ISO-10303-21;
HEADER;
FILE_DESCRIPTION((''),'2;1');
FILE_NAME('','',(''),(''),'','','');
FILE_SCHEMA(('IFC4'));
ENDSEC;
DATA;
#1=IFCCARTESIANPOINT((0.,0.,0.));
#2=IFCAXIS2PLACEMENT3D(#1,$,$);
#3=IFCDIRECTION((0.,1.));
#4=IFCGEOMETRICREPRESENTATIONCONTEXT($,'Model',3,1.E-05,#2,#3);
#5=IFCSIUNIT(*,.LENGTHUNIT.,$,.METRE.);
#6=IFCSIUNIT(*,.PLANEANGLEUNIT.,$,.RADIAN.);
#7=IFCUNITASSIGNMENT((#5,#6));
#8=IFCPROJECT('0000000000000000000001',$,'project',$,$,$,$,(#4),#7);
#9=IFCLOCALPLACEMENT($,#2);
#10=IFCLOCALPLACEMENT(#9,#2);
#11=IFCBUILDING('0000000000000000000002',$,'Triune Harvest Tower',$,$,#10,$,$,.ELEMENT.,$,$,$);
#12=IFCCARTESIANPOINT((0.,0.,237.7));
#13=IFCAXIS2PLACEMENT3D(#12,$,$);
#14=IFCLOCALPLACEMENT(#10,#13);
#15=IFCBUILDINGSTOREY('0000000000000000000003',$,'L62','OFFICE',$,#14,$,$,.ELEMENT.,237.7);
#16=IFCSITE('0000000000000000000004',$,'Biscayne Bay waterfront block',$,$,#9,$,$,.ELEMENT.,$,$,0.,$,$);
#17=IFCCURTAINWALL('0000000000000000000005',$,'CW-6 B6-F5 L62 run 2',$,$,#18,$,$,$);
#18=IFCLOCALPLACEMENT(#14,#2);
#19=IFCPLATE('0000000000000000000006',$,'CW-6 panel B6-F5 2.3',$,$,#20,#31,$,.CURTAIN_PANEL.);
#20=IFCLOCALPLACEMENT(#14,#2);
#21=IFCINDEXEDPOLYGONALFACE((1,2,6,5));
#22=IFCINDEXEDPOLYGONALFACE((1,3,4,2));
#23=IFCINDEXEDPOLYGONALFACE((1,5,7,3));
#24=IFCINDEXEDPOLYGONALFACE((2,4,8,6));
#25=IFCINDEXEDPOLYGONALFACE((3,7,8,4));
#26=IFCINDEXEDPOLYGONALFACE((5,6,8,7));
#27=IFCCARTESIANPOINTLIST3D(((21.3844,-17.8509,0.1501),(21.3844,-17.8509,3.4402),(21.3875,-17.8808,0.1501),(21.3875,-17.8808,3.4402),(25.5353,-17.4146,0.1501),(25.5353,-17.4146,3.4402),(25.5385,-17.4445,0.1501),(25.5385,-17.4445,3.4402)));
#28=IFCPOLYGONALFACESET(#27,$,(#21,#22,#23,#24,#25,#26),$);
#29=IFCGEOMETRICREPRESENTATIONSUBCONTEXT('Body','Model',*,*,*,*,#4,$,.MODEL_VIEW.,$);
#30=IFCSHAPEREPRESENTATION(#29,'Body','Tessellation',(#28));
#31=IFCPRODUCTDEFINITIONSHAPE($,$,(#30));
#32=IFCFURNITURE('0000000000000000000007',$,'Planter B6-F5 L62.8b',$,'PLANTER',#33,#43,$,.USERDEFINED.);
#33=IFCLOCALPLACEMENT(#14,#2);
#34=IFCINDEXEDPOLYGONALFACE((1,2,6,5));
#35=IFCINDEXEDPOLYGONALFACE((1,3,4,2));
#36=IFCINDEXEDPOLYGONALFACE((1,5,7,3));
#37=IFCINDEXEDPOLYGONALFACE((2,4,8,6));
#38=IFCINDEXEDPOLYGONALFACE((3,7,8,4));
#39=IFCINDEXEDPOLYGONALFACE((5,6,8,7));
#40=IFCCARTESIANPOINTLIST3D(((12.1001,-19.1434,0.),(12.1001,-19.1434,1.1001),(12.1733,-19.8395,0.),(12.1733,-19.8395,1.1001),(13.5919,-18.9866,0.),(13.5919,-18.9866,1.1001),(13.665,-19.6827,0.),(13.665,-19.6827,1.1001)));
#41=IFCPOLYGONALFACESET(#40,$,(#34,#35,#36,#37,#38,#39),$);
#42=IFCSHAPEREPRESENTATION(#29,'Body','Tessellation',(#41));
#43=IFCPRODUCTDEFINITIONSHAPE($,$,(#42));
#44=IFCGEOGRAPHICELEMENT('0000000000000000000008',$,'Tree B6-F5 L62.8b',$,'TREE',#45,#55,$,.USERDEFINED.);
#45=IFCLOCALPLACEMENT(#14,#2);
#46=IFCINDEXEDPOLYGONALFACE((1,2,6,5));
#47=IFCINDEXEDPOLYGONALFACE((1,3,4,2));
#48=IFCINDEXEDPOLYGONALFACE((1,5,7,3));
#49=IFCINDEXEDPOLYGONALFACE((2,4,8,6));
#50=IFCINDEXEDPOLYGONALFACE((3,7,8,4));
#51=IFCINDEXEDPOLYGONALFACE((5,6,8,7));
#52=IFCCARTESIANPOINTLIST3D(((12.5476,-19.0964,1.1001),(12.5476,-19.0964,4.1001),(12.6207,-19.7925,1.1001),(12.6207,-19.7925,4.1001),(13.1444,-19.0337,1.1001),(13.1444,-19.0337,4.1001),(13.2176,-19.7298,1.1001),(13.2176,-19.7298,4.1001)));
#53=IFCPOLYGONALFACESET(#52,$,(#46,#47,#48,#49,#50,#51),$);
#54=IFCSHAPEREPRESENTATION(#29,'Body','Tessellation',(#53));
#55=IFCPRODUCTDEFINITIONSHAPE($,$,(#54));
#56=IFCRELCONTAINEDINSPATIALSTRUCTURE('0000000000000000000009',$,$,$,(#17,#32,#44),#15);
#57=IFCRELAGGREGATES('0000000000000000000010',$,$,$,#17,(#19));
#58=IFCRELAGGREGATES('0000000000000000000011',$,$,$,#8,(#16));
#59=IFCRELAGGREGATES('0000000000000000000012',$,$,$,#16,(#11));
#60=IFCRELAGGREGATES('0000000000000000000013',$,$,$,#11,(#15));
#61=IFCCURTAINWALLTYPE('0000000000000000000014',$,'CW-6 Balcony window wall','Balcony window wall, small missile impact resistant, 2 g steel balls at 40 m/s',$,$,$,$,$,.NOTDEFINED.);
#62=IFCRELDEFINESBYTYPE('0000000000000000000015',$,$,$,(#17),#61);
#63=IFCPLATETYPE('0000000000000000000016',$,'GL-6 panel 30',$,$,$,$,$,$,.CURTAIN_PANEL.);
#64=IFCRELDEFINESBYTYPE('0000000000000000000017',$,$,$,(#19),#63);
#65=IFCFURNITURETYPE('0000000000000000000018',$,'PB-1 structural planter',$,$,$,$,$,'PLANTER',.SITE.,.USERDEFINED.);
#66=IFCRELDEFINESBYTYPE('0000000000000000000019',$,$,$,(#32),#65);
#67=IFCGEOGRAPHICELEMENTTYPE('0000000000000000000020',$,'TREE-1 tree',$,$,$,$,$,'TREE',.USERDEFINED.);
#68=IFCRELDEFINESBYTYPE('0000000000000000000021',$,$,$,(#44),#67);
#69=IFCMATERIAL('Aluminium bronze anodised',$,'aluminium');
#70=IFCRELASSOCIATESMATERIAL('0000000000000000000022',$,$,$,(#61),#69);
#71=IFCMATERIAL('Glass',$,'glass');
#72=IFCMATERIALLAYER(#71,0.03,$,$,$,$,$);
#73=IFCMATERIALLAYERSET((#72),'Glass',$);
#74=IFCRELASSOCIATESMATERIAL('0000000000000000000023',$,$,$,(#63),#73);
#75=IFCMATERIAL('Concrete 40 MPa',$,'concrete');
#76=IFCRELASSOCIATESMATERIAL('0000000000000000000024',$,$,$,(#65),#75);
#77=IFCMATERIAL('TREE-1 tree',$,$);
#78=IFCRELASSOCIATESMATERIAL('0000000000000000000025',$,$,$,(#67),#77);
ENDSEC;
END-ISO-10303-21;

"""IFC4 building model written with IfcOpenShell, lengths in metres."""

from ifc_helpers import new_model, si_unit, direction, frame, origin, origin_2d, place, context, subcontext, project, spatial, rectangle, extrude, source, transform, mapped, material, layer, layer_set, type_object, element, aggregate, save


model = new_model("IFC4")

# Units and contexts
model_context = context("Model", 3, precision=1e-05, world=origin(), true_north=direction((0.0, 1.0)))
body_context = subcontext(model_context, "Body", "Model", "MODEL_VIEW")
ifc_project = project(units=[si_unit("LENGTHUNIT", "METRE"), si_unit("PLANEANGLEUNIT", "RADIAN")], contexts=[model_context])

# Site, building, storey
site_placement = place(None, origin())
site = spatial("IfcSite", under=ifc_project, at=site_placement, Name="Biscayne Bay waterfront block", CompositionType="ELEMENT", RefElevation=0.0)
building_placement = place(site_placement, origin())
building = spatial("IfcBuilding", under=site, at=building_placement, Name="Triune Harvest Tower", CompositionType="ELEMENT")
storey_placement = place(building_placement, frame((0.0, 0.0, 237.7)))
storey = spatial("IfcBuildingStorey", under=building, at=storey_placement, Name="L62", Description="OFFICE", CompositionType="ELEMENT", Elevation=237.7)

# Curtain wall
ifc_material_1 = material(Name="Aluminium bronze anodised", Category="aluminium")
curtain_wall_type_1 = type_object("IfcCurtainWallType", Name="CW-6 Balcony window wall", Description="Balcony window wall, small missile impact resistant, 2 g steel balls at 40 m/s", PredefinedType="NOTDEFINED", material=ifc_material_1)
curtain_wall_1_placement = place(storey_placement, origin())
curtain_wall_1 = element("IfcCurtainWall", 1, at=curtain_wall_1_placement, inside=storey, type_object=curtain_wall_type_1, Name="CW-6 B6-F5 L62 run 2")

# Plate
ifc_material_2 = material(Name="Glass", Category="glass")
ifc_layer_1 = layer(ifc_material_2, 0.03)
ifc_layer_set_1 = layer_set([ifc_layer_1], Name="Glass")
plate_type_1 = type_object("IfcPlateType", Name="GL-6 panel 30", PredefinedType="CURTAIN_PANEL", material=ifc_layer_set_1)
shared_shape_1 = source(origin(), body_context, "Body", "SweptSolid", [
    extrude(rectangle(XDim=4.1738, YDim=0.03, at=origin_2d()), origin(), (0.0, 0.0, 1.0), 3.29),
])
plate_1_placement = place(storey_placement, frame((23.4614, -17.6477, 0.1501), z_axis=(0.0, 0.0, 1.0), x_axis=(0.994522, 0.10453, 0.0)))
plate_1 = element("IfcPlate", 2, at=plate_1_placement, type_object=plate_type_1, Name="CW-6 panel B6-F5 2.3", PredefinedType="CURTAIN_PANEL", context=body_context, shape_type="MappedRepresentation", body=[
    mapped(shared_shape_1, transform((0.0, 0.0, 0.0), scale=1.0)),
])
aggregate(curtain_wall_1, [plate_1])

# Furniture
ifc_material_3 = material(Name="Concrete 40 MPa", Category="concrete")
furniture_type = type_object("IfcFurnitureType", Name="PB-1 structural planter", ElementType="PLANTER", AssemblyPlace="SITE", PredefinedType="USERDEFINED", material=ifc_material_3)
shared_shape_2 = source(origin(), body_context, "Body", "SweptSolid", [
    extrude(rectangle(XDim=1.5, YDim=0.7, at=origin_2d()), origin(), (0.0, 0.0, 1.0), 1.1001),
])
furniture_placement = place(storey_placement, frame((12.8826, -19.4131, 0.0), z_axis=(0.0, 0.0, 1.0), x_axis=(0.994522, 0.10453, 0.0)))
element("IfcFurniture", 3, at=furniture_placement, inside=storey, type_object=furniture_type, Name="Planter B6-F5 L62.8b", ObjectType="PLANTER", PredefinedType="USERDEFINED", context=body_context, shape_type="MappedRepresentation", body=[
    mapped(shared_shape_2, transform((0.0, 0.0, 0.0), scale=1.0)),
])

# Geographic element
ifc_material_4 = material(Name="TREE-1 tree")
geographic_element_type = type_object("IfcGeographicElementType", Name="TREE-1 tree", ElementType="TREE", PredefinedType="USERDEFINED", material=ifc_material_4)
shared_shape_3 = source(origin(), body_context, "Body", "SweptSolid", [
    extrude(rectangle(XDim=0.6001, YDim=0.7, at=origin_2d()), origin(), (0.0, 0.0, 1.0), 3.0),
])
geographic_element_placement = place(storey_placement, frame((12.8826, -19.4131, 1.1001), z_axis=(0.0, 0.0, 1.0), x_axis=(0.994522, 0.10453, 0.0)))
element("IfcGeographicElement", 4, at=geographic_element_placement, inside=storey, type_object=geographic_element_type, Name="Tree B6-F5 L62.8b", ObjectType="TREE", PredefinedType="USERDEFINED", context=body_context, shape_type="MappedRepresentation", body=[
    mapped(shared_shape_3, transform((0.0, 0.0, 0.0), scale=1.0)),
])

save(model, "model.ifc")
